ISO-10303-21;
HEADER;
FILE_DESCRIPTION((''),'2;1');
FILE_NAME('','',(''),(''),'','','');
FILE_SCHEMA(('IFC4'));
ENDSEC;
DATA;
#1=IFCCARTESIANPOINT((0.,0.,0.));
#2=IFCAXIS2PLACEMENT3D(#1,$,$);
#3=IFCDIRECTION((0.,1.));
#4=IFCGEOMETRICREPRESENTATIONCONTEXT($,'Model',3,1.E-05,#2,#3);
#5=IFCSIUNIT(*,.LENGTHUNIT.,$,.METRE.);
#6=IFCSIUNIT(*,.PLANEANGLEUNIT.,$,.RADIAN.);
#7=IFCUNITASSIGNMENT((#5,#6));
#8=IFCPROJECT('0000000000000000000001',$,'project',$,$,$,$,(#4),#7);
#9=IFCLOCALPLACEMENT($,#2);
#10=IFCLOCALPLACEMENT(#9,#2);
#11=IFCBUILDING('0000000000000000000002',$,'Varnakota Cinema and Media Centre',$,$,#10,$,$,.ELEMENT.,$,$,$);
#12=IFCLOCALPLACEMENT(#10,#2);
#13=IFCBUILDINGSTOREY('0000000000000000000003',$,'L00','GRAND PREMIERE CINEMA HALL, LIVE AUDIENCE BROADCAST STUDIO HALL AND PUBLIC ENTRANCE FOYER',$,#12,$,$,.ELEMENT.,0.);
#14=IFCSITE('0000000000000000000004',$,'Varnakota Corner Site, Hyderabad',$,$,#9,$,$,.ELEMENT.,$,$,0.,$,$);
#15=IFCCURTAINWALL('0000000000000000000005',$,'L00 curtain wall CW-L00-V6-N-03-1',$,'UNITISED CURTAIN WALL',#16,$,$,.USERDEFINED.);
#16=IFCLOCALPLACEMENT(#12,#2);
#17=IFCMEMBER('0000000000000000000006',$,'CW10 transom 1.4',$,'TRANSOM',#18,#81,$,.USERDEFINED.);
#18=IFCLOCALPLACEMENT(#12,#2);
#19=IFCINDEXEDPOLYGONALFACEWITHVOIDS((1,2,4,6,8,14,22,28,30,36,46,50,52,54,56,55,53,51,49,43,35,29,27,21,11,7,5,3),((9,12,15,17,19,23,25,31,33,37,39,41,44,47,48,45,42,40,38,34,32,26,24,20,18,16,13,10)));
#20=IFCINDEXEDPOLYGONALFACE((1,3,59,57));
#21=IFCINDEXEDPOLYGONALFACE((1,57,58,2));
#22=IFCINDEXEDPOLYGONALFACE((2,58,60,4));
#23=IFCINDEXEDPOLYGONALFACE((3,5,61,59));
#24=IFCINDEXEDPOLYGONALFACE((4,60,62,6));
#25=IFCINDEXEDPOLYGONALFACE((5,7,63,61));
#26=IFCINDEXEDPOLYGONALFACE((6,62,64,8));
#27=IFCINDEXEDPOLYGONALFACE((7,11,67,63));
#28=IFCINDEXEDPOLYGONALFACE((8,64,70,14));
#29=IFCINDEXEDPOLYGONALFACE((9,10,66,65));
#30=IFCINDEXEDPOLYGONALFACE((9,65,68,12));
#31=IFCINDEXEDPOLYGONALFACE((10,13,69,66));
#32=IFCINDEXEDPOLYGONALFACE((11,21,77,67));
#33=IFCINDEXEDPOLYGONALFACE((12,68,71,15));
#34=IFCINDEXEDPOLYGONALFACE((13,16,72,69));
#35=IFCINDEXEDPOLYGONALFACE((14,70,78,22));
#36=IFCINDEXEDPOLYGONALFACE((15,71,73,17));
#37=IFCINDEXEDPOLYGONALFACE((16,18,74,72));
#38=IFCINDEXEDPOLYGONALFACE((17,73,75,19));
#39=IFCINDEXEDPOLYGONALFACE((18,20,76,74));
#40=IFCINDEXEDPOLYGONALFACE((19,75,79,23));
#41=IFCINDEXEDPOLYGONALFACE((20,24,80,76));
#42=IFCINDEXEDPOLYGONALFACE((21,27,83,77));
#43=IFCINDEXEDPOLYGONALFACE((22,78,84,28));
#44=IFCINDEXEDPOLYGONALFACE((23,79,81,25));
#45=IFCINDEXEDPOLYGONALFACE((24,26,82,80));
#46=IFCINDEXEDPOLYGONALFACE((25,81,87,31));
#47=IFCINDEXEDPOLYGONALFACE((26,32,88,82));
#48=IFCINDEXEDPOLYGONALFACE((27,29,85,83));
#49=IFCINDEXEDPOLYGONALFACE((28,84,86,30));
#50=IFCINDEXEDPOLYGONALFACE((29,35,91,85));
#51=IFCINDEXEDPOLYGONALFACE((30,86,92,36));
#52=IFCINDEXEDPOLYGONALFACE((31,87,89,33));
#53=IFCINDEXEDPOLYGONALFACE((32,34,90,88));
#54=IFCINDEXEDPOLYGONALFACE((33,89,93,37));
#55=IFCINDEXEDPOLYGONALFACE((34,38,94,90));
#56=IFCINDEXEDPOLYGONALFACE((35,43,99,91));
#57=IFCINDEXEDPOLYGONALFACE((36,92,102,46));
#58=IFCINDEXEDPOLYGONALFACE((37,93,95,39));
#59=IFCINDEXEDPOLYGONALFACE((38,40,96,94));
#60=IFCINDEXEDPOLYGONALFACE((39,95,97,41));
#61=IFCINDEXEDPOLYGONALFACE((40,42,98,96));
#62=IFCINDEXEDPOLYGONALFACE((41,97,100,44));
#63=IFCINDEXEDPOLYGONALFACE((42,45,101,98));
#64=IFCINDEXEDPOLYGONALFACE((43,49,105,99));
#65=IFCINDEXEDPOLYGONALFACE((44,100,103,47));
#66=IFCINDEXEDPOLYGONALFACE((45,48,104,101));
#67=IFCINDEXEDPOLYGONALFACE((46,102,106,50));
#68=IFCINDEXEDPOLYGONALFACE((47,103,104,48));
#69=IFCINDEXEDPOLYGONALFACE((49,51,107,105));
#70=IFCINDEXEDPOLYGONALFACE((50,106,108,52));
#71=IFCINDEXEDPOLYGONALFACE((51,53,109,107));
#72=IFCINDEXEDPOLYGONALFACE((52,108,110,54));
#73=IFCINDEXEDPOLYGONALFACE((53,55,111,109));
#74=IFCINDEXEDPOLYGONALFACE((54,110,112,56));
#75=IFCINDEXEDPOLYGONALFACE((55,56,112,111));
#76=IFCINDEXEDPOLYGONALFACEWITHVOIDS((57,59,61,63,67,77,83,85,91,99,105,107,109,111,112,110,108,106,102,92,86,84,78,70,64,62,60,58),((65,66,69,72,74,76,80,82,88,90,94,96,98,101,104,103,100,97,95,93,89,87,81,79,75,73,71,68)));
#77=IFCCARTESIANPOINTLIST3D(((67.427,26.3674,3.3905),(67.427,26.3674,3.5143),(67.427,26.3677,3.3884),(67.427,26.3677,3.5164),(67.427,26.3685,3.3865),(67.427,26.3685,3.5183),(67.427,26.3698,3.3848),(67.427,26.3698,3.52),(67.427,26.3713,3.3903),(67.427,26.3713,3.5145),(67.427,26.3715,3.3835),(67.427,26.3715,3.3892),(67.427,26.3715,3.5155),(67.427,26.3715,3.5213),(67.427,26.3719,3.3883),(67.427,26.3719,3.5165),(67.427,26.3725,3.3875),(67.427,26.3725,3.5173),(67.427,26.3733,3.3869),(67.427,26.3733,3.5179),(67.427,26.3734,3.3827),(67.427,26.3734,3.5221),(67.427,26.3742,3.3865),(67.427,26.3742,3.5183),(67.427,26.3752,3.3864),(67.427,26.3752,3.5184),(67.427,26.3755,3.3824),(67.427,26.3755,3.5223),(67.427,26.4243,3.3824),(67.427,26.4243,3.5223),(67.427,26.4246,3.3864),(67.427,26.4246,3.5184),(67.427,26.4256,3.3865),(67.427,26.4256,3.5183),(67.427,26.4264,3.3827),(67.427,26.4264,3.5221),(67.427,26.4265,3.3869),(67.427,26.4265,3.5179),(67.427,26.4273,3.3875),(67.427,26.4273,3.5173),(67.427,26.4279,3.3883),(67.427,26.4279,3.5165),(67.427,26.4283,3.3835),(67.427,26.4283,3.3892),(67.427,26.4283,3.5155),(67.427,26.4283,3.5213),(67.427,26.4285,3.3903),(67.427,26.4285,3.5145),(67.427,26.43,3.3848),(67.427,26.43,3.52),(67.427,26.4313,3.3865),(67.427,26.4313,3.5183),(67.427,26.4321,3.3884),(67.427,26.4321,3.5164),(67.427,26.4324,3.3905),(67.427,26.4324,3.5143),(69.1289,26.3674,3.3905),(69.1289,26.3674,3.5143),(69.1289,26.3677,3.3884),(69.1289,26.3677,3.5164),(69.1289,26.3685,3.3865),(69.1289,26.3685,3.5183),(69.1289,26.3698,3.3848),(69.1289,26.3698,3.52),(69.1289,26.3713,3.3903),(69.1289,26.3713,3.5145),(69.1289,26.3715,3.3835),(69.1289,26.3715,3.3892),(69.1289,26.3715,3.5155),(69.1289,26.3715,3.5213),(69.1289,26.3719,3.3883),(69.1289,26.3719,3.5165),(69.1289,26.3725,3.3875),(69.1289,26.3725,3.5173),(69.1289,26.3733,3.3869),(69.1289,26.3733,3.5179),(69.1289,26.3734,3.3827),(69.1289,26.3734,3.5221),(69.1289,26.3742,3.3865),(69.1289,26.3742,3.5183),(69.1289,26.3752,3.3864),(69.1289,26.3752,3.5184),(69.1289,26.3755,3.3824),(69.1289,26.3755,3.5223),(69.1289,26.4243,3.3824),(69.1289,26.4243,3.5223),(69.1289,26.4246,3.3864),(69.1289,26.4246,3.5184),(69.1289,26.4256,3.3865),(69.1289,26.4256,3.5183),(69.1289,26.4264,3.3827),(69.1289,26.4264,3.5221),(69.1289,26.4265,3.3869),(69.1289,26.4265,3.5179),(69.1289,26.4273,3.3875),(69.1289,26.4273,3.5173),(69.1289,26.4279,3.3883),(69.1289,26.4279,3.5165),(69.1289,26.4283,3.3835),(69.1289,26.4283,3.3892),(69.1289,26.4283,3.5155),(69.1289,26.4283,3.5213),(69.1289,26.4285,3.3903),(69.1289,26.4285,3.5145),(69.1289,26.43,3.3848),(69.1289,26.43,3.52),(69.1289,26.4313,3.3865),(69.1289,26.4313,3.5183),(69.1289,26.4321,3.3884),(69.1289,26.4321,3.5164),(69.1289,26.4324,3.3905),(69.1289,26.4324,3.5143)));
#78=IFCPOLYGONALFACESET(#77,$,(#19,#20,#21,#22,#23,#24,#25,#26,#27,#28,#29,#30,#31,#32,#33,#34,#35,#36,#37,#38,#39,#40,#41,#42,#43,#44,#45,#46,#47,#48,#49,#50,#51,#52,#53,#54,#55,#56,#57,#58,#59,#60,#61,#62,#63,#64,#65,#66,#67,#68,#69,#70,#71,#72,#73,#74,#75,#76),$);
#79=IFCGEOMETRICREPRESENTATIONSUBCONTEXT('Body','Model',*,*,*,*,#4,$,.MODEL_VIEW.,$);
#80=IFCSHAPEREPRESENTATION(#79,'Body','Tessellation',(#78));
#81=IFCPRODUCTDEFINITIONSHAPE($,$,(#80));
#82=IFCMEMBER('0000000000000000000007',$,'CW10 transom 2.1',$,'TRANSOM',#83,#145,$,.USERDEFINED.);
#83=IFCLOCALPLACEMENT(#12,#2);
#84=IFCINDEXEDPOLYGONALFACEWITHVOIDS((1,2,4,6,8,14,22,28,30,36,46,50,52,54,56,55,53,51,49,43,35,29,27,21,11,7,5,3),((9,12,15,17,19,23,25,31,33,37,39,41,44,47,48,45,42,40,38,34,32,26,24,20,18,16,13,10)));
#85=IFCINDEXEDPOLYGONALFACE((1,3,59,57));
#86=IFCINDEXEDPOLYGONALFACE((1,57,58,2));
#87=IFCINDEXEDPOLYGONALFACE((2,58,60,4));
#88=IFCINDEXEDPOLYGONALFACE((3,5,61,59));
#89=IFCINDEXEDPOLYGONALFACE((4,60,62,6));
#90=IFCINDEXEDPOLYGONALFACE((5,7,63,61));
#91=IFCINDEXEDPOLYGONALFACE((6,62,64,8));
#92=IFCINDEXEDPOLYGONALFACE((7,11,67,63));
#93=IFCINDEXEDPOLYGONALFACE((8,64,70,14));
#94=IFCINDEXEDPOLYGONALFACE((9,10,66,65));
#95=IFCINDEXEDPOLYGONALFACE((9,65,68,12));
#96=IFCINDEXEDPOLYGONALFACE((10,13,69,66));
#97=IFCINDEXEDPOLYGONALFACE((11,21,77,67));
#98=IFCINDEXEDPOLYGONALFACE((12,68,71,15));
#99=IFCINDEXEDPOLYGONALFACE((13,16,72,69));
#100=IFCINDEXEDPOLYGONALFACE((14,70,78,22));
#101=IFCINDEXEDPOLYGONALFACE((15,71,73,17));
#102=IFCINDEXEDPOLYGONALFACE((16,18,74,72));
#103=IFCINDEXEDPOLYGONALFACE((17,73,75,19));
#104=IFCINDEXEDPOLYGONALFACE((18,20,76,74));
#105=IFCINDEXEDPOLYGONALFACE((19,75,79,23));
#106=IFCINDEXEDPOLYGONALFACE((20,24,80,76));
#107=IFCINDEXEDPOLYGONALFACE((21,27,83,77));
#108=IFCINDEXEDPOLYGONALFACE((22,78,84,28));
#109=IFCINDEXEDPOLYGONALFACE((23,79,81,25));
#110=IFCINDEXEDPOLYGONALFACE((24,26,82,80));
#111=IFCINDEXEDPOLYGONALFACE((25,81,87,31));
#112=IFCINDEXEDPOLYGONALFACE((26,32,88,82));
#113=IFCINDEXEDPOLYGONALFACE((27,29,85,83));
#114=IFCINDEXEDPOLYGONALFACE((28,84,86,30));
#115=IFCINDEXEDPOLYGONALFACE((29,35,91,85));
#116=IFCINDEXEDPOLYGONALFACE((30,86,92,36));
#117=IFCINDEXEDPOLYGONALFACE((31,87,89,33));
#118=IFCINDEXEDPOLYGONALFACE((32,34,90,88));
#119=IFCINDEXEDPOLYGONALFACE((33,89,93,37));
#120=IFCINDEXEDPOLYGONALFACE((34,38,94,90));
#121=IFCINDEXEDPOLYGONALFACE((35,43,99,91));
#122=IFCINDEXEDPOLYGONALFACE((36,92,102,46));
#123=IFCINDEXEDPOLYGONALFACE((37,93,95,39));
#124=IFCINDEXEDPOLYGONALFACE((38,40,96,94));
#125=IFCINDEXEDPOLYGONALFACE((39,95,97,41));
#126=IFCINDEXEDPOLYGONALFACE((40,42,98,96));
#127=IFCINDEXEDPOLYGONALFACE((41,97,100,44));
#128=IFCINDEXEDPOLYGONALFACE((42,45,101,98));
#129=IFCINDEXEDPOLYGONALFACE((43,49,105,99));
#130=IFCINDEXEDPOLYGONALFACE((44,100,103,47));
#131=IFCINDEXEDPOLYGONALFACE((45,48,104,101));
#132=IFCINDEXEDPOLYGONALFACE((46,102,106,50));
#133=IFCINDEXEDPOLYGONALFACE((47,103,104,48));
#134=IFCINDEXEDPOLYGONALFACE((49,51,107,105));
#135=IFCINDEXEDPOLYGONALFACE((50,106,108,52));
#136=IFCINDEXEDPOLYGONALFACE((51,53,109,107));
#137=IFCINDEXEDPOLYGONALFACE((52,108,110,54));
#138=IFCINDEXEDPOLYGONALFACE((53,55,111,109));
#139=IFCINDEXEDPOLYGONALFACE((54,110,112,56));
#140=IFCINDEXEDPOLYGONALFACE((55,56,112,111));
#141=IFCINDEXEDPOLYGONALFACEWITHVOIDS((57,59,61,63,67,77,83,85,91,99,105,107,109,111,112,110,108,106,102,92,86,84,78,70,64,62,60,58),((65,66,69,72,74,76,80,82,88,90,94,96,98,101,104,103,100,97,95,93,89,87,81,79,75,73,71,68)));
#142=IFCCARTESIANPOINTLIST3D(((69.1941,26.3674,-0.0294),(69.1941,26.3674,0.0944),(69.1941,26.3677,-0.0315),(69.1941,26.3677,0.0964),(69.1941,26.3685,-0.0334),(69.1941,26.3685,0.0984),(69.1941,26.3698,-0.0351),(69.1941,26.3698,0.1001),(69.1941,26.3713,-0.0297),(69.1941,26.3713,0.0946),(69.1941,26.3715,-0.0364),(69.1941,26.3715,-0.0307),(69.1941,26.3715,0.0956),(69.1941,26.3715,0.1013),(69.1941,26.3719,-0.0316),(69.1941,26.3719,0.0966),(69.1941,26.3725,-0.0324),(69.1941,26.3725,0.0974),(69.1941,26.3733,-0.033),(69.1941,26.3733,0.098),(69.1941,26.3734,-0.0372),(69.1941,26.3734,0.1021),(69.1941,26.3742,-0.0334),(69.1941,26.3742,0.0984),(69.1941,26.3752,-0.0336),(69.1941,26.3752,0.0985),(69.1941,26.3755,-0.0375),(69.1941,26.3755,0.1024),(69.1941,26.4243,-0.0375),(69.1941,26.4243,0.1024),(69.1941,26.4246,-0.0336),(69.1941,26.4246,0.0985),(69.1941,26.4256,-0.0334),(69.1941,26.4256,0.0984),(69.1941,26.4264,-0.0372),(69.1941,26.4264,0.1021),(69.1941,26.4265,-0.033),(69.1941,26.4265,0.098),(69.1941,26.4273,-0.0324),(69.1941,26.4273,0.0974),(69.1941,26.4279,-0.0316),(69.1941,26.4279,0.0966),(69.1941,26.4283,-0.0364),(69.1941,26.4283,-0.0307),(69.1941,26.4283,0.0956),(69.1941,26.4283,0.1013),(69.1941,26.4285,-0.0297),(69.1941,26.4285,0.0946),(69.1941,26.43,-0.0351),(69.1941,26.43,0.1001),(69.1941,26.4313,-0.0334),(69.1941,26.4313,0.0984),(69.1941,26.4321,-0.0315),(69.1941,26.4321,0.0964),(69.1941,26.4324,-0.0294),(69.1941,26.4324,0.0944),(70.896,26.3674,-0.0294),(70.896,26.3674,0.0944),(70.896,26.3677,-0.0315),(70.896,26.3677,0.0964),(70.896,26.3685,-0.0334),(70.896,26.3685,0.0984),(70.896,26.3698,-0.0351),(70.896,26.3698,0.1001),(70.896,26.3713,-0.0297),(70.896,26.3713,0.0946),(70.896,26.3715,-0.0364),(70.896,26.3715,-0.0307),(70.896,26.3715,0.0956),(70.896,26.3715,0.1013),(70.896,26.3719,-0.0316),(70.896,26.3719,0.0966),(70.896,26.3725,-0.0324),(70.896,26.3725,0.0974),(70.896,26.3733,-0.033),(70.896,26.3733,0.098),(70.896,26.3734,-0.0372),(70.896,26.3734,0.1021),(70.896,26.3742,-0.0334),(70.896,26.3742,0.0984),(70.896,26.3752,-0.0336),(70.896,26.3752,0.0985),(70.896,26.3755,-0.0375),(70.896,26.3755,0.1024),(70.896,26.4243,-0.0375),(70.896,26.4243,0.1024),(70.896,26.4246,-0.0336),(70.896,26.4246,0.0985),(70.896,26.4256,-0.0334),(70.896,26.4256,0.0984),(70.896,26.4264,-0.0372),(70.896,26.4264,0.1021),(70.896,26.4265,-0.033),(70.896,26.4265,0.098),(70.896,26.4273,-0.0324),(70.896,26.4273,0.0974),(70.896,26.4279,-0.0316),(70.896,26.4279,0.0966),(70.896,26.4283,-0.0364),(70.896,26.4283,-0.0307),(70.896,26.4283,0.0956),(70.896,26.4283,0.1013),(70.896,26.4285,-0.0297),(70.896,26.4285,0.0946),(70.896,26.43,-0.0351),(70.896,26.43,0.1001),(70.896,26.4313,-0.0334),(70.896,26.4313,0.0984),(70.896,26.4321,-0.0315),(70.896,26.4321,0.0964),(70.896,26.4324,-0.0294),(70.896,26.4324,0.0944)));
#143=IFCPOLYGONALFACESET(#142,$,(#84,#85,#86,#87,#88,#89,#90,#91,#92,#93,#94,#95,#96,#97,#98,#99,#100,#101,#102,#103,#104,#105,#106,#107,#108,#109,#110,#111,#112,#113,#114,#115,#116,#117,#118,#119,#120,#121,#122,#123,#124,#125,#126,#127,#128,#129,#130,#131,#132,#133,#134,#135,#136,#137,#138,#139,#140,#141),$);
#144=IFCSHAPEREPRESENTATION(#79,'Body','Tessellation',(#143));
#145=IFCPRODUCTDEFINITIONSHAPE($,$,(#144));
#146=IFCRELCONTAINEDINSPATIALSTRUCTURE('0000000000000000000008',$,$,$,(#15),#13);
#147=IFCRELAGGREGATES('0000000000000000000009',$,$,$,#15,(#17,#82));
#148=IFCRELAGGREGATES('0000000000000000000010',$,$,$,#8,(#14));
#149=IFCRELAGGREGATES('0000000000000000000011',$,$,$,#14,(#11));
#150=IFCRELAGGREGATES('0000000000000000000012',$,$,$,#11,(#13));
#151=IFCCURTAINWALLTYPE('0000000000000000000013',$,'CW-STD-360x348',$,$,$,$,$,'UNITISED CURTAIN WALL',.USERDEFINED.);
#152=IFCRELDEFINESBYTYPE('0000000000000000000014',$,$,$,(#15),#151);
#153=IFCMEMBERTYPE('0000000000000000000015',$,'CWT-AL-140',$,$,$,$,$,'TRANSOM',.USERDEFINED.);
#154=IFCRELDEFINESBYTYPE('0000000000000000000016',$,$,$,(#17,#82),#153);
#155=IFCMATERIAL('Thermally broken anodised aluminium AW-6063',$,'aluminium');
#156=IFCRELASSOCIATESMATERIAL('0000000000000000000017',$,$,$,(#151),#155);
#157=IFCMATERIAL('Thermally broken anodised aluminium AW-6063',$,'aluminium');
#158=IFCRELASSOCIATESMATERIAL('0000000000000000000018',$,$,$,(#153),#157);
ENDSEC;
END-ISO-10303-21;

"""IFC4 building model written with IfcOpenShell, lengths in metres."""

from ifc_helpers import new_model, si_unit, direction, frame, origin, origin_2d, place, context, subcontext, project, spatial, hollow_rectangle, extrude, material, material_profile, profile_set, type_object, element, aggregate, save


model = new_model("IFC4")

# Units and contexts
model_context = context("Model", 3, precision=1e-05, world=origin(), true_north=direction((0.0, 1.0)))
body_context = subcontext(model_context, "Body", "Model", "MODEL_VIEW")
ifc_project = project(units=[si_unit("LENGTHUNIT", "METRE"), si_unit("PLANEANGLEUNIT", "RADIAN")], contexts=[model_context])

# Site, building, storey
site_placement = place(None, origin())
site = spatial("IfcSite", under=ifc_project, at=site_placement, Name="Varnakota Corner Site, Hyderabad", CompositionType="ELEMENT", RefElevation=0.0)
building_placement = place(site_placement, origin())
building = spatial("IfcBuilding", under=site, at=building_placement, Name="Varnakota Cinema and Media Centre", CompositionType="ELEMENT")
storey_placement = place(building_placement, origin())
storey = spatial("IfcBuildingStorey", under=building, at=storey_placement, Name="L00", Description="GRAND PREMIERE CINEMA HALL, LIVE AUDIENCE BROADCAST STUDIO HALL AND PUBLIC ENTRANCE FOYER", CompositionType="ELEMENT", Elevation=0.0)

# Curtain wall, members
ifc_material_1 = material(Name="Thermally broken anodised aluminium AW-6063", Category="aluminium")
curtain_wall_type_1 = type_object("IfcCurtainWallType", Name="CW-STD-360x348", ElementType="UNITISED CURTAIN WALL", PredefinedType="USERDEFINED", material=ifc_material_1)
curtain_wall_1_placement = place(storey_placement, origin())
curtain_wall_1 = element("IfcCurtainWall", 1, at=curtain_wall_1_placement, inside=storey, type_object=curtain_wall_type_1, Name="L00 curtain wall CW-L00-V6-N-03-1", ObjectType="UNITISED CURTAIN WALL", PredefinedType="USERDEFINED")
ifc_material_2 = material(Name="Thermally broken anodised aluminium AW-6063", Category="aluminium")
ifc_material_profile_1 = material_profile(ifc_material_2, hollow_rectangle(XDim=0.0649, YDim=0.1399, WallThickness=0.0039, InnerFilletRadius=0.0039, OuterFilletRadius=0.0081, at=origin_2d()), Name="AL-TRANSOM 140x65x4")
ifc_profile_set_1 = profile_set([ifc_material_profile_1], Name="Thermally broken anodised aluminium AW-6063")
member_type_1 = type_object("IfcMemberType", Name="CWT-AL-140", ElementType="TRANSOM", PredefinedType="USERDEFINED", material=ifc_profile_set_1)
member_1_placement = place(storey_placement, frame((67.427, 26.3999, 3.4524), z_axis=(1.0, 0.0, 0.0), x_axis=(0.0, 1.0, 0.0)))
member_1 = element("IfcMember", 2, at=member_1_placement, type_object=member_type_1, Name="CW10 transom 1.4", ObjectType="TRANSOM", PredefinedType="USERDEFINED", context=body_context, shape_type="SweptSolid", body=[
    extrude(hollow_rectangle(XDim=0.0649, YDim=0.1399, WallThickness=0.0039, InnerFilletRadius=0.0039, OuterFilletRadius=0.0081, at=origin_2d()), origin(), (0.0, 0.0, 1.0), 1.7019),
])
member_2_placement = place(storey_placement, frame((69.1941, 26.3999, 0.0325), z_axis=(1.0, 0.0, 0.0), x_axis=(0.0, 1.0, 0.0)))
member_2 = element("IfcMember", 3, at=member_2_placement, type_object=member_type_1, Name="CW10 transom 2.1", ObjectType="TRANSOM", PredefinedType="USERDEFINED", context=body_context, shape_type="SweptSolid", body=[
    extrude(hollow_rectangle(XDim=0.0649, YDim=0.1399, WallThickness=0.0039, InnerFilletRadius=0.0039, OuterFilletRadius=0.0081, at=origin_2d()), origin(), (0.0, 0.0, 1.0), 1.7019),
])

aggregate(curtain_wall_1, [member_1, member_2])

save(model, "model.ifc")
